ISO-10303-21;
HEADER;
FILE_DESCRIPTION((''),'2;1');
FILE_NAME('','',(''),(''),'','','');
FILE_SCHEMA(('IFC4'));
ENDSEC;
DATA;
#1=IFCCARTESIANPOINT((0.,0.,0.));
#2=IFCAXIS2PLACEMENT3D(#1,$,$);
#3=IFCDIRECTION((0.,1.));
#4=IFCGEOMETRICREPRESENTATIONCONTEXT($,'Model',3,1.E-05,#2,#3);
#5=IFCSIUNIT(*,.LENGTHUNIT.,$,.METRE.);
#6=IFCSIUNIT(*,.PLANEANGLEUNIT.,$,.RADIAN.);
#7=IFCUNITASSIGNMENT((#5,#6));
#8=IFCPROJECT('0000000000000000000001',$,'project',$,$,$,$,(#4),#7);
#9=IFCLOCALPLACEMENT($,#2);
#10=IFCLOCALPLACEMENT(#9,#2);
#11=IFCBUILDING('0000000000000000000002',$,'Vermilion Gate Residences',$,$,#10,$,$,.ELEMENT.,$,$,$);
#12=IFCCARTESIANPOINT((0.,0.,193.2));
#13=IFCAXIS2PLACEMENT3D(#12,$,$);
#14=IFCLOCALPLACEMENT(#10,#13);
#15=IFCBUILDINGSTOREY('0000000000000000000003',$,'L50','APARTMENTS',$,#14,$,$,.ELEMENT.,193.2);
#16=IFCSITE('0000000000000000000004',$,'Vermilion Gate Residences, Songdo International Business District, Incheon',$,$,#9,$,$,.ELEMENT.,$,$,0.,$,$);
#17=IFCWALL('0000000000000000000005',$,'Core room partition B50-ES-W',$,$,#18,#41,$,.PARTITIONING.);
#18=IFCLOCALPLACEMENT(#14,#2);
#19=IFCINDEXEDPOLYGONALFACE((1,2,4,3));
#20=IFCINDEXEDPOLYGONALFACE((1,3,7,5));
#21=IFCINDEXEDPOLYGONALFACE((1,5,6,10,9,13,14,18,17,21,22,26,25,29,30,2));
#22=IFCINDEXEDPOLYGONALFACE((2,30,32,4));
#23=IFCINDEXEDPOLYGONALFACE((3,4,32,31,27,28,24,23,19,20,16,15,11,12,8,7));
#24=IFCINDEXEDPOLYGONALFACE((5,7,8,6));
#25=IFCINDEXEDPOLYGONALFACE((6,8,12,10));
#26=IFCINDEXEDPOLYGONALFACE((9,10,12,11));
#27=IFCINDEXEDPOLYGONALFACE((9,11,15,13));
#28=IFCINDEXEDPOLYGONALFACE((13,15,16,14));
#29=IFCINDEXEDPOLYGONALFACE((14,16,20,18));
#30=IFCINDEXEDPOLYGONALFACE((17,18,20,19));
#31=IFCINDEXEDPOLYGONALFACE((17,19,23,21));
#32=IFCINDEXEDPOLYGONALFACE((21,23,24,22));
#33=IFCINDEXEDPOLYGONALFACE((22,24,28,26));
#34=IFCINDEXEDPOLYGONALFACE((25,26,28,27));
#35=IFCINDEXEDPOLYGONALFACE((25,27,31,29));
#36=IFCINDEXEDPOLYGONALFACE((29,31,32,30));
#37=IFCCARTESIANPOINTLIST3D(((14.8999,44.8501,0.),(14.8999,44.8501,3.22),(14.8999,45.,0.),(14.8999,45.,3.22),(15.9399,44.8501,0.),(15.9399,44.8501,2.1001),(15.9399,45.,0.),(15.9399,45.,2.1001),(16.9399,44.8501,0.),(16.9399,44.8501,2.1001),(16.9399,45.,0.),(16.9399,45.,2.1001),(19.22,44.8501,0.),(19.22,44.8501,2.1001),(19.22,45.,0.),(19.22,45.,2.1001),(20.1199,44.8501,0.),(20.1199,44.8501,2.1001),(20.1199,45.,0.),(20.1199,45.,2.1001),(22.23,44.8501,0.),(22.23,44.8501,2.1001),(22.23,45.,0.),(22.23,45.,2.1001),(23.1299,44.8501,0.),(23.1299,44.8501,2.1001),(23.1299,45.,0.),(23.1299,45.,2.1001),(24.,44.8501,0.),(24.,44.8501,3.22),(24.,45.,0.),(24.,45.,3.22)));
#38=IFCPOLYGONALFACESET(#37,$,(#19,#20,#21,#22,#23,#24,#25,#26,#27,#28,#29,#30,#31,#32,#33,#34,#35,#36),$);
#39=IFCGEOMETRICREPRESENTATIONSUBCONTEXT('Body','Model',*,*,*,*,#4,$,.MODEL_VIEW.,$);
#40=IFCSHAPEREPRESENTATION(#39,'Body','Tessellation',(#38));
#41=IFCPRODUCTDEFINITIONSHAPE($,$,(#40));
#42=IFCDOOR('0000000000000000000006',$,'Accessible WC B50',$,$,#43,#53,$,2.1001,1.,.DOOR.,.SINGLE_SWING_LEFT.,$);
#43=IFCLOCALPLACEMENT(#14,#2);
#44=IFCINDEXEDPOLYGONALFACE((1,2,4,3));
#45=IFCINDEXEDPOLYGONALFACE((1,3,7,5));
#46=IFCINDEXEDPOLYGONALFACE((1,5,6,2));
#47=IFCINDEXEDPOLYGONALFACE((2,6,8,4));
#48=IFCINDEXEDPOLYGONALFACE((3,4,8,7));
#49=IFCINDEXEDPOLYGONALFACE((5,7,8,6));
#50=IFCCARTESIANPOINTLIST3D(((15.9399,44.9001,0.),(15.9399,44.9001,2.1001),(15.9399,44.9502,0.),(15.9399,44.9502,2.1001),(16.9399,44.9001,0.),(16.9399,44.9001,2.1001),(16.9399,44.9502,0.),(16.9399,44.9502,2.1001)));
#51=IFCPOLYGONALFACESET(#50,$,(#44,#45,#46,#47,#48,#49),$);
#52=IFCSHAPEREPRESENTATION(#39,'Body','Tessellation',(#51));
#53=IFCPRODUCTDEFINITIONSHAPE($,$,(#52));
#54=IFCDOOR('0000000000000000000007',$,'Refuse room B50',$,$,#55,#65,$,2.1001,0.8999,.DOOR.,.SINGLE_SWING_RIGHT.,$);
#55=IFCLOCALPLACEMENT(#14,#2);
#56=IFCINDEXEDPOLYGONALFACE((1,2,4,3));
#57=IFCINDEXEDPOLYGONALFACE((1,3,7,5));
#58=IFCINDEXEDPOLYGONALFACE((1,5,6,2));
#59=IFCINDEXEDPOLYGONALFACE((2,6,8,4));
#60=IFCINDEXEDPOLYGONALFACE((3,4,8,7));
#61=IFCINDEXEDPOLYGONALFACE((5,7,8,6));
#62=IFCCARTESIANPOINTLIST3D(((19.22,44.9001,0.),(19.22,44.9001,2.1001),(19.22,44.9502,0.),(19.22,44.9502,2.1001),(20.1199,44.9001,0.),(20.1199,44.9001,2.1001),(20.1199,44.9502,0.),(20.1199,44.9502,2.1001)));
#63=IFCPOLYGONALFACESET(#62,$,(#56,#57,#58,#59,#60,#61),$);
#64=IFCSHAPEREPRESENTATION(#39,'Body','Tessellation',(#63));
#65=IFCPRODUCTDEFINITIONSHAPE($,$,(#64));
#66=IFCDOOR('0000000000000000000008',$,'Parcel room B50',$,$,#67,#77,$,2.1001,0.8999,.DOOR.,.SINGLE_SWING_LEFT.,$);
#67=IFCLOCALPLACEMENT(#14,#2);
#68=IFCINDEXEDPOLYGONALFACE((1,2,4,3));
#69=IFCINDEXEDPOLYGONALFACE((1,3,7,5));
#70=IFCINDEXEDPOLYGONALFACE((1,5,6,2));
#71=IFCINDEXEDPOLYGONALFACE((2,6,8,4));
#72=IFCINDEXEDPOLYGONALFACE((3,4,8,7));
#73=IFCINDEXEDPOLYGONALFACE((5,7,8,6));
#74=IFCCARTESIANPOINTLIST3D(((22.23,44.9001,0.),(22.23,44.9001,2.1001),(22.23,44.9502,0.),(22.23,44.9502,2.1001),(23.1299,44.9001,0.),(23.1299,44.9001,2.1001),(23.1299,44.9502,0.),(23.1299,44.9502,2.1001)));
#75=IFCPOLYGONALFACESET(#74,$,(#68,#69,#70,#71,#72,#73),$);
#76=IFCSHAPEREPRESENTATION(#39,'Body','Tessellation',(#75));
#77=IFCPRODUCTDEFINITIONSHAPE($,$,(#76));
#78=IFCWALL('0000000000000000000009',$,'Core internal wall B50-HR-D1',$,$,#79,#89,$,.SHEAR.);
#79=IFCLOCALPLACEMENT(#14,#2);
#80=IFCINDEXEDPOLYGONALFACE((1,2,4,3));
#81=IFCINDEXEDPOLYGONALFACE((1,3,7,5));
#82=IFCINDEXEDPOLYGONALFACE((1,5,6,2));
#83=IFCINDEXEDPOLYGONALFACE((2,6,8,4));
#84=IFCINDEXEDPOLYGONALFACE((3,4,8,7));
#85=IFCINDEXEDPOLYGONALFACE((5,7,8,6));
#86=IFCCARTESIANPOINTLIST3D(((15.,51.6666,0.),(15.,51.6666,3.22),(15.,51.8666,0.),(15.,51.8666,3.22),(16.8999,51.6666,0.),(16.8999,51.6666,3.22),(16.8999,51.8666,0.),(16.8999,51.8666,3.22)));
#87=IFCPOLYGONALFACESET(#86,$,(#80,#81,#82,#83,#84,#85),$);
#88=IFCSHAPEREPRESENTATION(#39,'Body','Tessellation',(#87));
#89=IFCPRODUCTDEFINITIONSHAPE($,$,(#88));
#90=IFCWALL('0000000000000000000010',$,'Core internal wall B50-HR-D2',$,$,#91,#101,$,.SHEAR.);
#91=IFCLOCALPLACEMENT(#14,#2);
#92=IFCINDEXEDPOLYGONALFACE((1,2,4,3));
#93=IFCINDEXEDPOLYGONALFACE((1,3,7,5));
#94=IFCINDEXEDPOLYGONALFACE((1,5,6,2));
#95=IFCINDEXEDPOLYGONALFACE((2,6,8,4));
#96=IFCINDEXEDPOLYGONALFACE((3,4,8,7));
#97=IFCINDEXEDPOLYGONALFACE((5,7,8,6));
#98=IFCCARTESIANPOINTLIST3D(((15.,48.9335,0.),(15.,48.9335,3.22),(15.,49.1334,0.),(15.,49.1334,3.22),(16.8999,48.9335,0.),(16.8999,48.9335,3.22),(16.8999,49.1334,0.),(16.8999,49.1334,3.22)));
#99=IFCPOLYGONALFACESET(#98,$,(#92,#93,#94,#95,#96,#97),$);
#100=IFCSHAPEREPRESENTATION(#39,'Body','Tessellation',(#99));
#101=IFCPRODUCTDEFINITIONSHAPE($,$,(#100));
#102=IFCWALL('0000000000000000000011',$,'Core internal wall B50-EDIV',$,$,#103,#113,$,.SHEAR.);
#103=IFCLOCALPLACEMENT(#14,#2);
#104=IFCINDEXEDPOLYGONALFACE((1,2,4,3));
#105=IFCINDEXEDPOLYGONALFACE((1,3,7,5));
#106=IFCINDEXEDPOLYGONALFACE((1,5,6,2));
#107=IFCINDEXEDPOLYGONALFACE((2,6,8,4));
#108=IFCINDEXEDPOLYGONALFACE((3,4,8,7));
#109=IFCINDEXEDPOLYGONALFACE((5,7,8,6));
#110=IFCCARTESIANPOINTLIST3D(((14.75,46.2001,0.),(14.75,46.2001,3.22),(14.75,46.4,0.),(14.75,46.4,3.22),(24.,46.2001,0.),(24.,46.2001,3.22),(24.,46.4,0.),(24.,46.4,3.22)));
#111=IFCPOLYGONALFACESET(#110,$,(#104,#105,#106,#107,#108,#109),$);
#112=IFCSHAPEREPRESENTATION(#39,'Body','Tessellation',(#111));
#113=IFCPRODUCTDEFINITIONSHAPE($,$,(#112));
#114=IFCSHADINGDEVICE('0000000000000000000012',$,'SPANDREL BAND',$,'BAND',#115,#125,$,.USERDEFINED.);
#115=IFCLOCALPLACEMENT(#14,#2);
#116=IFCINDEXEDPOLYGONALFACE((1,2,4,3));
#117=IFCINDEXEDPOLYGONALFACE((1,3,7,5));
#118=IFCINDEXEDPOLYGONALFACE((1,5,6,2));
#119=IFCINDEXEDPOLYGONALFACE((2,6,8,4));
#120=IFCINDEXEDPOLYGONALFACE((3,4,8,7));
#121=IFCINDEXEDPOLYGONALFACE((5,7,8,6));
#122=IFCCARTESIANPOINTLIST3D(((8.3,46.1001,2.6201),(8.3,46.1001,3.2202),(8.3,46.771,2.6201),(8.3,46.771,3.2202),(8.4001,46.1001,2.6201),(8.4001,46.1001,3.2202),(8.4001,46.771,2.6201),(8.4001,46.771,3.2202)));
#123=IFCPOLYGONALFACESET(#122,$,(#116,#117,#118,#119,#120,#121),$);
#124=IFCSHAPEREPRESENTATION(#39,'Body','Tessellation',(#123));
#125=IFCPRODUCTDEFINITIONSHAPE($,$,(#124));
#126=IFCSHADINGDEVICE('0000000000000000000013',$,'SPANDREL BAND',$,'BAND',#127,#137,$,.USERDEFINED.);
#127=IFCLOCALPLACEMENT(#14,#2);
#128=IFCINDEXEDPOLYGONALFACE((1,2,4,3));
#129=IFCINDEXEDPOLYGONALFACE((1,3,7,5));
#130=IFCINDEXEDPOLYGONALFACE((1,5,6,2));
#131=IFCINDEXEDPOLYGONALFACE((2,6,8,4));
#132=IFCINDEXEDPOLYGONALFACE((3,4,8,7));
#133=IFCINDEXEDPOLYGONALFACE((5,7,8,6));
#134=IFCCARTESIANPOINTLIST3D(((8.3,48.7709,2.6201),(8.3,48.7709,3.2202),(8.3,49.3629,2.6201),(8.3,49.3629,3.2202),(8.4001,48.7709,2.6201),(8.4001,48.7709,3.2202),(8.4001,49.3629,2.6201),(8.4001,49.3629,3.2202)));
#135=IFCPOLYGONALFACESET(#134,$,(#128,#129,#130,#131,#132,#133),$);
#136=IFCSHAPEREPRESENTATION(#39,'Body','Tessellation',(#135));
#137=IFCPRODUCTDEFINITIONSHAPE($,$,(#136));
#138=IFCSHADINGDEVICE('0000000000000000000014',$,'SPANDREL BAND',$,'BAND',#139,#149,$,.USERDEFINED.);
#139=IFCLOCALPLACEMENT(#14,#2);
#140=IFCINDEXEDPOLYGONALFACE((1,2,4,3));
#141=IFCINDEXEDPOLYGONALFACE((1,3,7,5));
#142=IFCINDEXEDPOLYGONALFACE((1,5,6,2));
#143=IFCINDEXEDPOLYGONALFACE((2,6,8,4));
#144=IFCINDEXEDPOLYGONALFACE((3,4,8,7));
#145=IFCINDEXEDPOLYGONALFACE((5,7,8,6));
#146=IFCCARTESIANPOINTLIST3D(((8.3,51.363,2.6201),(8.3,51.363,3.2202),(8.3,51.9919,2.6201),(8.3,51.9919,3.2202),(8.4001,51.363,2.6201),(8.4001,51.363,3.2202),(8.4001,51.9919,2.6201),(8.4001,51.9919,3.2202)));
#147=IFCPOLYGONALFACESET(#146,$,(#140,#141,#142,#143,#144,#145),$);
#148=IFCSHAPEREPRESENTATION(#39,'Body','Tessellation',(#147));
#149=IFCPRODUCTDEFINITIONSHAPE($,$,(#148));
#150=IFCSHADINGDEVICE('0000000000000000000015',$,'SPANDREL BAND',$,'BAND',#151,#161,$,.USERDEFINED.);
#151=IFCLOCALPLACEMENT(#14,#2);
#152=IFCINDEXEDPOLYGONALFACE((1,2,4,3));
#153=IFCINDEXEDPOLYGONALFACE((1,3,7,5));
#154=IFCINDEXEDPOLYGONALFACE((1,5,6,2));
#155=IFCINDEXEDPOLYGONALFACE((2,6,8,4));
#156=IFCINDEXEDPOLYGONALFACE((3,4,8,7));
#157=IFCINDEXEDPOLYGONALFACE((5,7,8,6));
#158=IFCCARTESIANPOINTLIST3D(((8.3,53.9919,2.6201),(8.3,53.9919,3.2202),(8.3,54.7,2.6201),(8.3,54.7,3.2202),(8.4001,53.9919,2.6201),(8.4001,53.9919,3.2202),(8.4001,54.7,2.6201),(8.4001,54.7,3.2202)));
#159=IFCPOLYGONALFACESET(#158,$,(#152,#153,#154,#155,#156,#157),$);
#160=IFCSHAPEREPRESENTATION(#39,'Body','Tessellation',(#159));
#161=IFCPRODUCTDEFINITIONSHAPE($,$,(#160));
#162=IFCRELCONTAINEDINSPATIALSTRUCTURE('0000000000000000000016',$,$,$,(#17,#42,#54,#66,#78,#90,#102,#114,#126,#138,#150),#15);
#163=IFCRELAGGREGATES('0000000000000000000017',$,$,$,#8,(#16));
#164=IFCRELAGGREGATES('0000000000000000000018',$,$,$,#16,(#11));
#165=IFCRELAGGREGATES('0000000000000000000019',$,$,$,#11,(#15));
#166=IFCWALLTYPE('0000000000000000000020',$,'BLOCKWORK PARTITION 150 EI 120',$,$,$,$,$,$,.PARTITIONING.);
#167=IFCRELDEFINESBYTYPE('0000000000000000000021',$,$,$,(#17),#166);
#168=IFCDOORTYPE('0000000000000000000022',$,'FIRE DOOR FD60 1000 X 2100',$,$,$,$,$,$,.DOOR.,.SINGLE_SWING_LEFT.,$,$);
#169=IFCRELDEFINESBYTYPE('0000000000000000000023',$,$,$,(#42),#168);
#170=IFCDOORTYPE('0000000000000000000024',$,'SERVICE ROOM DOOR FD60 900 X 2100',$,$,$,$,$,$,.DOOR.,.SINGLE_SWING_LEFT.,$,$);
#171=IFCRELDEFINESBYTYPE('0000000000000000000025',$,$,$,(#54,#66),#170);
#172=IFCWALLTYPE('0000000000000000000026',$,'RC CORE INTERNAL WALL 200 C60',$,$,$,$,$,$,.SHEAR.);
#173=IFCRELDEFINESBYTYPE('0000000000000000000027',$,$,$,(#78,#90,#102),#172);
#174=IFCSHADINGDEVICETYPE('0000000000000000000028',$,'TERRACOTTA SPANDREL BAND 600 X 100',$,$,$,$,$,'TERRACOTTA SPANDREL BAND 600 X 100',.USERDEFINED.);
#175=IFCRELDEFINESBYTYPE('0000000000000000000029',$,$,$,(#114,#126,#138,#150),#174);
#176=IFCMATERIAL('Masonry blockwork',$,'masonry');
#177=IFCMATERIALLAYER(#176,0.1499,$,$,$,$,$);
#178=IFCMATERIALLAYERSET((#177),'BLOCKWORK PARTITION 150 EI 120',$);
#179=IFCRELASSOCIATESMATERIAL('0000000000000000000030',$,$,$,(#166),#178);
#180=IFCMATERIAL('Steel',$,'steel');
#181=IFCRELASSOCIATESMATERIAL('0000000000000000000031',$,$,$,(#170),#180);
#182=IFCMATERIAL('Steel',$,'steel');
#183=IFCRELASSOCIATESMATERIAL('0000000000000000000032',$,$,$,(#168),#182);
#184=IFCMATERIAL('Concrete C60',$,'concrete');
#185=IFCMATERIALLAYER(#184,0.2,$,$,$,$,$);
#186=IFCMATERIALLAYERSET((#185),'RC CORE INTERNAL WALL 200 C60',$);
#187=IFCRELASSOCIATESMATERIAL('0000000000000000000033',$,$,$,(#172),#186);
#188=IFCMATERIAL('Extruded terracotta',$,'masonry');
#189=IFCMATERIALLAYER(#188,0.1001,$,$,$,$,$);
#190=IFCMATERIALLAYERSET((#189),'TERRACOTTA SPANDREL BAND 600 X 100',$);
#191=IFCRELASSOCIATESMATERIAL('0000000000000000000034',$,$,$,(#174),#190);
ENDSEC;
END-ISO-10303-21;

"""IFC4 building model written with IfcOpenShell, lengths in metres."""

from ifc_helpers import new_model, si_unit, direction, frame, frame_2d, origin, origin_2d, place, context, subcontext, project, spatial, rectangle, extrude, material, layer, layer_set, type_object, element, fill, save


model = new_model("IFC4")

# Units and contexts
model_context = context("Model", 3, precision=1e-05, world=origin(), true_north=direction((0.0, 1.0)))
body_context = subcontext(model_context, "Body", "Model", "MODEL_VIEW")
ifc_project = project(units=[si_unit("LENGTHUNIT", "METRE"), si_unit("PLANEANGLEUNIT", "RADIAN")], contexts=[model_context])

# Site, building, storey
site_placement = place(None, origin())
site = spatial("IfcSite", under=ifc_project, at=site_placement, Name="Vermilion Gate Residences, Songdo International Business District, Incheon", CompositionType="ELEMENT", RefElevation=0.0)
building_placement = place(site_placement, origin())
building = spatial("IfcBuilding", under=site, at=building_placement, Name="Vermilion Gate Residences", CompositionType="ELEMENT")
storey_placement = place(building_placement, frame((0.0, 0.0, 193.2)))
storey = spatial("IfcBuildingStorey", under=building, at=storey_placement, Name="L50", Description="APARTMENTS", CompositionType="ELEMENT", Elevation=193.2)

# Shared definitions
ifc_material_1 = material(Name="Masonry blockwork", Category="masonry")
ifc_layer_1 = layer(ifc_material_1, 0.1499)
ifc_layer_set_1 = layer_set([ifc_layer_1], Name="BLOCKWORK PARTITION 150 EI 120")
wall_type_1 = type_object("IfcWallType", Name="BLOCKWORK PARTITION 150 EI 120", PredefinedType="PARTITIONING", material=ifc_layer_set_1)

# Shared definitions
ifc_material_2 = material(Name="Steel", Category="steel")
door_type_1 = type_object("IfcDoorType", Name="SERVICE ROOM DOOR FD60 900 X 2100", OperationType="SINGLE_SWING_LEFT", PredefinedType="DOOR", material=ifc_material_2)

# Shared definitions
ifc_material_3 = material(Name="Steel", Category="steel")
door_type_2 = type_object("IfcDoorType", Name="FIRE DOOR FD60 1000 X 2100", OperationType="SINGLE_SWING_LEFT", PredefinedType="DOOR", material=ifc_material_3)

# Wall, openings, doors
wall_1_placement = place(storey_placement, frame((14.8999, 44.925, 0.0), z_axis=(0.0, 0.0, 1.0), x_axis=(1.0, 0.0, 0.0)))
wall_1 = element("IfcWall", 1, at=wall_1_placement, inside=storey, type_object=wall_type_1, Name="Core room partition B50-ES-W", PredefinedType="PARTITIONING", context=body_context, shape_type="SweptSolid", body=[
    extrude(rectangle(XDim=9.1001, YDim=0.1499, at=frame_2d((4.55, 0.0))), origin(), (0.0, 0.0, 1.0), 3.22),
])
opening_1_placement = place(wall_1_placement, frame((1.04, 0.0, 0.0)))
opening_1 = element("IfcOpeningElement", 2, at=opening_1_placement, cuts=wall_1, PredefinedType="OPENING", context=body_context, shape_type="SweptSolid", body=[
    extrude(rectangle(XDim=1.0, YDim=2.1001, at=frame_2d((0.5, 1.05))), frame((0.0, 0.085, 0.0), z_axis=(0.0, -1.0, 0.0), x_axis=(1.0, 0.0, 0.0)), (0.0, 0.0, 1.0), 0.1699),
])
opening_2_placement = place(wall_1_placement, frame((4.3201, 0.0, 0.0)))
opening_2 = element("IfcOpeningElement", 3, at=opening_2_placement, cuts=wall_1, PredefinedType="OPENING", context=body_context, shape_type="SweptSolid", body=[
    extrude(rectangle(XDim=0.8999, YDim=2.1001, at=frame_2d((0.45, 1.05))), frame((0.0, 0.085, 0.0), z_axis=(0.0, -1.0, 0.0), x_axis=(1.0, 0.0, 0.0)), (0.0, 0.0, 1.0), 0.1699),
])
opening_3_placement = place(wall_1_placement, frame((7.3301, 0.0, 0.0)))
opening_3 = element("IfcOpeningElement", 4, at=opening_3_placement, cuts=wall_1, PredefinedType="OPENING", context=body_context, shape_type="SweptSolid", body=[
    extrude(rectangle(XDim=0.8999, YDim=2.1001, at=frame_2d((0.45, 1.05))), frame((0.0, 0.085, 0.0), z_axis=(0.0, -1.0, 0.0), x_axis=(1.0, 0.0, 0.0)), (0.0, 0.0, 1.0), 0.1699),
])
door_1_placement = place(opening_1_placement, frame((1.0, 0.0, 0.0), z_axis=(0.0, 0.0, 1.0), x_axis=(-1.0, 0.0, 0.0)))
door_1 = element("IfcDoor", 5, at=door_1_placement, inside=storey, type_object=door_type_2, Name="Accessible WC B50", OperationType="SINGLE_SWING_LEFT", OverallHeight=2.1001, OverallWidth=1.0, PredefinedType="DOOR", context=body_context, shape_type="SweptSolid", body=[
    extrude(rectangle(XDim=1.0, YDim=2.1001, at=frame_2d((0.5, 1.05))), frame((0.0, 0.0249, 0.0), z_axis=(0.0, -1.0, 0.0), x_axis=(1.0, 0.0, 0.0)), (0.0, 0.0, 1.0), 0.05),
])
fill(opening_1, door_1)
door_2_placement = place(opening_2_placement, frame((0.8999, 0.0, 0.0), z_axis=(0.0, 0.0, 1.0), x_axis=(-1.0, 0.0, 0.0)))
door_2 = element("IfcDoor", 6, at=door_2_placement, inside=storey, type_object=door_type_1, Name="Refuse room B50", OperationType="SINGLE_SWING_RIGHT", OverallHeight=2.1001, OverallWidth=0.8999, PredefinedType="DOOR", context=body_context, shape_type="SweptSolid", body=[
    extrude(rectangle(XDim=0.8999, YDim=2.1001, at=frame_2d((0.45, 1.05))), frame((0.0, 0.0249, 0.0), z_axis=(0.0, -1.0, 0.0), x_axis=(1.0, 0.0, 0.0)), (0.0, 0.0, 1.0), 0.05),
])
fill(opening_2, door_2)
door_3_placement = place(opening_3_placement, frame((0.8999, 0.0, 0.0), z_axis=(0.0, 0.0, 1.0), x_axis=(-1.0, 0.0, 0.0)))
door_3 = element("IfcDoor", 7, at=door_3_placement, inside=storey, type_object=door_type_1, Name="Parcel room B50", OperationType="SINGLE_SWING_LEFT", OverallHeight=2.1001, OverallWidth=0.8999, PredefinedType="DOOR", context=body_context, shape_type="SweptSolid", body=[
    extrude(rectangle(XDim=0.8999, YDim=2.1001, at=frame_2d((0.45, 1.05))), frame((0.0, 0.0249, 0.0), z_axis=(0.0, -1.0, 0.0), x_axis=(1.0, 0.0, 0.0)), (0.0, 0.0, 1.0), 0.05),
])
fill(opening_3, door_3)

# Walls
ifc_material_4 = material(Name="Concrete C60", Category="concrete")
ifc_layer_2 = layer(ifc_material_4, 0.2)
ifc_layer_set_2 = layer_set([ifc_layer_2], Name="RC CORE INTERNAL WALL 200 C60")
wall_type_2 = type_object("IfcWallType", Name="RC CORE INTERNAL WALL 200 C60", PredefinedType="SHEAR", material=ifc_layer_set_2)
for number, where, z_axis, x_axis, name in (
    (8, (15.0, 51.7666, 0.0), (0.0, 0.0, 1.0), (1.0, 0.0, 0.0), "Core internal wall B50-HR-D1"),
    (9, (15.0, 49.0334, 0.0), (0.0, 0.0, 1.0), (1.0, 0.0, 0.0), "Core internal wall B50-HR-D2"),
):
    element("IfcWall", number, at=place(storey_placement, frame(where, z_axis=z_axis, x_axis=x_axis)), inside=storey, type_object=wall_type_2, Name=name, PredefinedType="SHEAR", context=body_context, shape_type="SweptSolid", body=[
        extrude(rectangle(XDim=1.8999, YDim=0.2, at=frame_2d((0.95, 0.0))), origin(), (0.0, 0.0, 1.0), 3.22),
    ])
wall_2_placement = place(storey_placement, frame((14.75, 46.3, 0.0), z_axis=(0.0, 0.0, 1.0), x_axis=(1.0, 0.0, 0.0)))
element("IfcWall", 10, at=wall_2_placement, inside=storey, type_object=wall_type_2, Name="Core internal wall B50-EDIV", PredefinedType="SHEAR", context=body_context, shape_type="SweptSolid", body=[
    extrude(rectangle(XDim=9.25, YDim=0.2, at=frame_2d((4.625, 0.0))), origin(), (0.0, 0.0, 1.0), 3.22),
])

# Shading devices
ifc_material_5 = material(Name="Extruded terracotta", Category="masonry")
ifc_layer_3 = layer(ifc_material_5, 0.1001)
ifc_layer_set_3 = layer_set([ifc_layer_3], Name="TERRACOTTA SPANDREL BAND 600 X 100")
shading_device_type = type_object("IfcShadingDeviceType", Name="TERRACOTTA SPANDREL BAND 600 X 100", ElementType="TERRACOTTA SPANDREL BAND 600 X 100", PredefinedType="USERDEFINED", material=ifc_layer_set_3)
shading_device_1_placement = place(storey_placement, frame((8.3501, 46.4355, 2.6201), z_axis=(0.0, 0.0, 1.0), x_axis=(0.0, 1.0, 0.0)))
element("IfcShadingDevice", 11, at=shading_device_1_placement, inside=storey, type_object=shading_device_type, Name="SPANDREL BAND", ObjectType="BAND", PredefinedType="USERDEFINED", context=body_context, shape_type="SweptSolid", body=[
    extrude(rectangle(XDim=0.6709, YDim=0.1001, at=origin_2d()), origin(), (0.0, 0.0, 1.0), 0.6001),
])
shading_device_2_placement = place(storey_placement, frame((8.3501, 49.0669, 2.6201), z_axis=(0.0, 0.0, 1.0), x_axis=(0.0, 1.0, 0.0)))
element("IfcShadingDevice", 12, at=shading_device_2_placement, inside=storey, type_object=shading_device_type, Name="SPANDREL BAND", ObjectType="BAND", PredefinedType="USERDEFINED", context=body_context, shape_type="SweptSolid", body=[
    extrude(rectangle(XDim=0.592, YDim=0.1001, at=origin_2d()), origin(), (0.0, 0.0, 1.0), 0.6001),
])
shading_device_3_placement = place(storey_placement, frame((8.3501, 51.6775, 2.6201), z_axis=(0.0, 0.0, 1.0), x_axis=(0.0, 1.0, 0.0)))
element("IfcShadingDevice", 13, at=shading_device_3_placement, inside=storey, type_object=shading_device_type, Name="SPANDREL BAND", ObjectType="BAND", PredefinedType="USERDEFINED", context=body_context, shape_type="SweptSolid", body=[
    extrude(rectangle(XDim=0.6289, YDim=0.1001, at=origin_2d()), origin(), (0.0, 0.0, 1.0), 0.6001),
])
shading_device_4_placement = place(storey_placement, frame((8.3501, 54.3459, 2.6201), z_axis=(0.0, 0.0, 1.0), x_axis=(0.0, 1.0, 0.0)))
element("IfcShadingDevice", 14, at=shading_device_4_placement, inside=storey, type_object=shading_device_type, Name="SPANDREL BAND", ObjectType="BAND", PredefinedType="USERDEFINED", context=body_context, shape_type="SweptSolid", body=[
    extrude(rectangle(XDim=0.708, YDim=0.1001, at=origin_2d()), origin(), (0.0, 0.0, 1.0), 0.6001),
])

save(model, "model.ifc")
